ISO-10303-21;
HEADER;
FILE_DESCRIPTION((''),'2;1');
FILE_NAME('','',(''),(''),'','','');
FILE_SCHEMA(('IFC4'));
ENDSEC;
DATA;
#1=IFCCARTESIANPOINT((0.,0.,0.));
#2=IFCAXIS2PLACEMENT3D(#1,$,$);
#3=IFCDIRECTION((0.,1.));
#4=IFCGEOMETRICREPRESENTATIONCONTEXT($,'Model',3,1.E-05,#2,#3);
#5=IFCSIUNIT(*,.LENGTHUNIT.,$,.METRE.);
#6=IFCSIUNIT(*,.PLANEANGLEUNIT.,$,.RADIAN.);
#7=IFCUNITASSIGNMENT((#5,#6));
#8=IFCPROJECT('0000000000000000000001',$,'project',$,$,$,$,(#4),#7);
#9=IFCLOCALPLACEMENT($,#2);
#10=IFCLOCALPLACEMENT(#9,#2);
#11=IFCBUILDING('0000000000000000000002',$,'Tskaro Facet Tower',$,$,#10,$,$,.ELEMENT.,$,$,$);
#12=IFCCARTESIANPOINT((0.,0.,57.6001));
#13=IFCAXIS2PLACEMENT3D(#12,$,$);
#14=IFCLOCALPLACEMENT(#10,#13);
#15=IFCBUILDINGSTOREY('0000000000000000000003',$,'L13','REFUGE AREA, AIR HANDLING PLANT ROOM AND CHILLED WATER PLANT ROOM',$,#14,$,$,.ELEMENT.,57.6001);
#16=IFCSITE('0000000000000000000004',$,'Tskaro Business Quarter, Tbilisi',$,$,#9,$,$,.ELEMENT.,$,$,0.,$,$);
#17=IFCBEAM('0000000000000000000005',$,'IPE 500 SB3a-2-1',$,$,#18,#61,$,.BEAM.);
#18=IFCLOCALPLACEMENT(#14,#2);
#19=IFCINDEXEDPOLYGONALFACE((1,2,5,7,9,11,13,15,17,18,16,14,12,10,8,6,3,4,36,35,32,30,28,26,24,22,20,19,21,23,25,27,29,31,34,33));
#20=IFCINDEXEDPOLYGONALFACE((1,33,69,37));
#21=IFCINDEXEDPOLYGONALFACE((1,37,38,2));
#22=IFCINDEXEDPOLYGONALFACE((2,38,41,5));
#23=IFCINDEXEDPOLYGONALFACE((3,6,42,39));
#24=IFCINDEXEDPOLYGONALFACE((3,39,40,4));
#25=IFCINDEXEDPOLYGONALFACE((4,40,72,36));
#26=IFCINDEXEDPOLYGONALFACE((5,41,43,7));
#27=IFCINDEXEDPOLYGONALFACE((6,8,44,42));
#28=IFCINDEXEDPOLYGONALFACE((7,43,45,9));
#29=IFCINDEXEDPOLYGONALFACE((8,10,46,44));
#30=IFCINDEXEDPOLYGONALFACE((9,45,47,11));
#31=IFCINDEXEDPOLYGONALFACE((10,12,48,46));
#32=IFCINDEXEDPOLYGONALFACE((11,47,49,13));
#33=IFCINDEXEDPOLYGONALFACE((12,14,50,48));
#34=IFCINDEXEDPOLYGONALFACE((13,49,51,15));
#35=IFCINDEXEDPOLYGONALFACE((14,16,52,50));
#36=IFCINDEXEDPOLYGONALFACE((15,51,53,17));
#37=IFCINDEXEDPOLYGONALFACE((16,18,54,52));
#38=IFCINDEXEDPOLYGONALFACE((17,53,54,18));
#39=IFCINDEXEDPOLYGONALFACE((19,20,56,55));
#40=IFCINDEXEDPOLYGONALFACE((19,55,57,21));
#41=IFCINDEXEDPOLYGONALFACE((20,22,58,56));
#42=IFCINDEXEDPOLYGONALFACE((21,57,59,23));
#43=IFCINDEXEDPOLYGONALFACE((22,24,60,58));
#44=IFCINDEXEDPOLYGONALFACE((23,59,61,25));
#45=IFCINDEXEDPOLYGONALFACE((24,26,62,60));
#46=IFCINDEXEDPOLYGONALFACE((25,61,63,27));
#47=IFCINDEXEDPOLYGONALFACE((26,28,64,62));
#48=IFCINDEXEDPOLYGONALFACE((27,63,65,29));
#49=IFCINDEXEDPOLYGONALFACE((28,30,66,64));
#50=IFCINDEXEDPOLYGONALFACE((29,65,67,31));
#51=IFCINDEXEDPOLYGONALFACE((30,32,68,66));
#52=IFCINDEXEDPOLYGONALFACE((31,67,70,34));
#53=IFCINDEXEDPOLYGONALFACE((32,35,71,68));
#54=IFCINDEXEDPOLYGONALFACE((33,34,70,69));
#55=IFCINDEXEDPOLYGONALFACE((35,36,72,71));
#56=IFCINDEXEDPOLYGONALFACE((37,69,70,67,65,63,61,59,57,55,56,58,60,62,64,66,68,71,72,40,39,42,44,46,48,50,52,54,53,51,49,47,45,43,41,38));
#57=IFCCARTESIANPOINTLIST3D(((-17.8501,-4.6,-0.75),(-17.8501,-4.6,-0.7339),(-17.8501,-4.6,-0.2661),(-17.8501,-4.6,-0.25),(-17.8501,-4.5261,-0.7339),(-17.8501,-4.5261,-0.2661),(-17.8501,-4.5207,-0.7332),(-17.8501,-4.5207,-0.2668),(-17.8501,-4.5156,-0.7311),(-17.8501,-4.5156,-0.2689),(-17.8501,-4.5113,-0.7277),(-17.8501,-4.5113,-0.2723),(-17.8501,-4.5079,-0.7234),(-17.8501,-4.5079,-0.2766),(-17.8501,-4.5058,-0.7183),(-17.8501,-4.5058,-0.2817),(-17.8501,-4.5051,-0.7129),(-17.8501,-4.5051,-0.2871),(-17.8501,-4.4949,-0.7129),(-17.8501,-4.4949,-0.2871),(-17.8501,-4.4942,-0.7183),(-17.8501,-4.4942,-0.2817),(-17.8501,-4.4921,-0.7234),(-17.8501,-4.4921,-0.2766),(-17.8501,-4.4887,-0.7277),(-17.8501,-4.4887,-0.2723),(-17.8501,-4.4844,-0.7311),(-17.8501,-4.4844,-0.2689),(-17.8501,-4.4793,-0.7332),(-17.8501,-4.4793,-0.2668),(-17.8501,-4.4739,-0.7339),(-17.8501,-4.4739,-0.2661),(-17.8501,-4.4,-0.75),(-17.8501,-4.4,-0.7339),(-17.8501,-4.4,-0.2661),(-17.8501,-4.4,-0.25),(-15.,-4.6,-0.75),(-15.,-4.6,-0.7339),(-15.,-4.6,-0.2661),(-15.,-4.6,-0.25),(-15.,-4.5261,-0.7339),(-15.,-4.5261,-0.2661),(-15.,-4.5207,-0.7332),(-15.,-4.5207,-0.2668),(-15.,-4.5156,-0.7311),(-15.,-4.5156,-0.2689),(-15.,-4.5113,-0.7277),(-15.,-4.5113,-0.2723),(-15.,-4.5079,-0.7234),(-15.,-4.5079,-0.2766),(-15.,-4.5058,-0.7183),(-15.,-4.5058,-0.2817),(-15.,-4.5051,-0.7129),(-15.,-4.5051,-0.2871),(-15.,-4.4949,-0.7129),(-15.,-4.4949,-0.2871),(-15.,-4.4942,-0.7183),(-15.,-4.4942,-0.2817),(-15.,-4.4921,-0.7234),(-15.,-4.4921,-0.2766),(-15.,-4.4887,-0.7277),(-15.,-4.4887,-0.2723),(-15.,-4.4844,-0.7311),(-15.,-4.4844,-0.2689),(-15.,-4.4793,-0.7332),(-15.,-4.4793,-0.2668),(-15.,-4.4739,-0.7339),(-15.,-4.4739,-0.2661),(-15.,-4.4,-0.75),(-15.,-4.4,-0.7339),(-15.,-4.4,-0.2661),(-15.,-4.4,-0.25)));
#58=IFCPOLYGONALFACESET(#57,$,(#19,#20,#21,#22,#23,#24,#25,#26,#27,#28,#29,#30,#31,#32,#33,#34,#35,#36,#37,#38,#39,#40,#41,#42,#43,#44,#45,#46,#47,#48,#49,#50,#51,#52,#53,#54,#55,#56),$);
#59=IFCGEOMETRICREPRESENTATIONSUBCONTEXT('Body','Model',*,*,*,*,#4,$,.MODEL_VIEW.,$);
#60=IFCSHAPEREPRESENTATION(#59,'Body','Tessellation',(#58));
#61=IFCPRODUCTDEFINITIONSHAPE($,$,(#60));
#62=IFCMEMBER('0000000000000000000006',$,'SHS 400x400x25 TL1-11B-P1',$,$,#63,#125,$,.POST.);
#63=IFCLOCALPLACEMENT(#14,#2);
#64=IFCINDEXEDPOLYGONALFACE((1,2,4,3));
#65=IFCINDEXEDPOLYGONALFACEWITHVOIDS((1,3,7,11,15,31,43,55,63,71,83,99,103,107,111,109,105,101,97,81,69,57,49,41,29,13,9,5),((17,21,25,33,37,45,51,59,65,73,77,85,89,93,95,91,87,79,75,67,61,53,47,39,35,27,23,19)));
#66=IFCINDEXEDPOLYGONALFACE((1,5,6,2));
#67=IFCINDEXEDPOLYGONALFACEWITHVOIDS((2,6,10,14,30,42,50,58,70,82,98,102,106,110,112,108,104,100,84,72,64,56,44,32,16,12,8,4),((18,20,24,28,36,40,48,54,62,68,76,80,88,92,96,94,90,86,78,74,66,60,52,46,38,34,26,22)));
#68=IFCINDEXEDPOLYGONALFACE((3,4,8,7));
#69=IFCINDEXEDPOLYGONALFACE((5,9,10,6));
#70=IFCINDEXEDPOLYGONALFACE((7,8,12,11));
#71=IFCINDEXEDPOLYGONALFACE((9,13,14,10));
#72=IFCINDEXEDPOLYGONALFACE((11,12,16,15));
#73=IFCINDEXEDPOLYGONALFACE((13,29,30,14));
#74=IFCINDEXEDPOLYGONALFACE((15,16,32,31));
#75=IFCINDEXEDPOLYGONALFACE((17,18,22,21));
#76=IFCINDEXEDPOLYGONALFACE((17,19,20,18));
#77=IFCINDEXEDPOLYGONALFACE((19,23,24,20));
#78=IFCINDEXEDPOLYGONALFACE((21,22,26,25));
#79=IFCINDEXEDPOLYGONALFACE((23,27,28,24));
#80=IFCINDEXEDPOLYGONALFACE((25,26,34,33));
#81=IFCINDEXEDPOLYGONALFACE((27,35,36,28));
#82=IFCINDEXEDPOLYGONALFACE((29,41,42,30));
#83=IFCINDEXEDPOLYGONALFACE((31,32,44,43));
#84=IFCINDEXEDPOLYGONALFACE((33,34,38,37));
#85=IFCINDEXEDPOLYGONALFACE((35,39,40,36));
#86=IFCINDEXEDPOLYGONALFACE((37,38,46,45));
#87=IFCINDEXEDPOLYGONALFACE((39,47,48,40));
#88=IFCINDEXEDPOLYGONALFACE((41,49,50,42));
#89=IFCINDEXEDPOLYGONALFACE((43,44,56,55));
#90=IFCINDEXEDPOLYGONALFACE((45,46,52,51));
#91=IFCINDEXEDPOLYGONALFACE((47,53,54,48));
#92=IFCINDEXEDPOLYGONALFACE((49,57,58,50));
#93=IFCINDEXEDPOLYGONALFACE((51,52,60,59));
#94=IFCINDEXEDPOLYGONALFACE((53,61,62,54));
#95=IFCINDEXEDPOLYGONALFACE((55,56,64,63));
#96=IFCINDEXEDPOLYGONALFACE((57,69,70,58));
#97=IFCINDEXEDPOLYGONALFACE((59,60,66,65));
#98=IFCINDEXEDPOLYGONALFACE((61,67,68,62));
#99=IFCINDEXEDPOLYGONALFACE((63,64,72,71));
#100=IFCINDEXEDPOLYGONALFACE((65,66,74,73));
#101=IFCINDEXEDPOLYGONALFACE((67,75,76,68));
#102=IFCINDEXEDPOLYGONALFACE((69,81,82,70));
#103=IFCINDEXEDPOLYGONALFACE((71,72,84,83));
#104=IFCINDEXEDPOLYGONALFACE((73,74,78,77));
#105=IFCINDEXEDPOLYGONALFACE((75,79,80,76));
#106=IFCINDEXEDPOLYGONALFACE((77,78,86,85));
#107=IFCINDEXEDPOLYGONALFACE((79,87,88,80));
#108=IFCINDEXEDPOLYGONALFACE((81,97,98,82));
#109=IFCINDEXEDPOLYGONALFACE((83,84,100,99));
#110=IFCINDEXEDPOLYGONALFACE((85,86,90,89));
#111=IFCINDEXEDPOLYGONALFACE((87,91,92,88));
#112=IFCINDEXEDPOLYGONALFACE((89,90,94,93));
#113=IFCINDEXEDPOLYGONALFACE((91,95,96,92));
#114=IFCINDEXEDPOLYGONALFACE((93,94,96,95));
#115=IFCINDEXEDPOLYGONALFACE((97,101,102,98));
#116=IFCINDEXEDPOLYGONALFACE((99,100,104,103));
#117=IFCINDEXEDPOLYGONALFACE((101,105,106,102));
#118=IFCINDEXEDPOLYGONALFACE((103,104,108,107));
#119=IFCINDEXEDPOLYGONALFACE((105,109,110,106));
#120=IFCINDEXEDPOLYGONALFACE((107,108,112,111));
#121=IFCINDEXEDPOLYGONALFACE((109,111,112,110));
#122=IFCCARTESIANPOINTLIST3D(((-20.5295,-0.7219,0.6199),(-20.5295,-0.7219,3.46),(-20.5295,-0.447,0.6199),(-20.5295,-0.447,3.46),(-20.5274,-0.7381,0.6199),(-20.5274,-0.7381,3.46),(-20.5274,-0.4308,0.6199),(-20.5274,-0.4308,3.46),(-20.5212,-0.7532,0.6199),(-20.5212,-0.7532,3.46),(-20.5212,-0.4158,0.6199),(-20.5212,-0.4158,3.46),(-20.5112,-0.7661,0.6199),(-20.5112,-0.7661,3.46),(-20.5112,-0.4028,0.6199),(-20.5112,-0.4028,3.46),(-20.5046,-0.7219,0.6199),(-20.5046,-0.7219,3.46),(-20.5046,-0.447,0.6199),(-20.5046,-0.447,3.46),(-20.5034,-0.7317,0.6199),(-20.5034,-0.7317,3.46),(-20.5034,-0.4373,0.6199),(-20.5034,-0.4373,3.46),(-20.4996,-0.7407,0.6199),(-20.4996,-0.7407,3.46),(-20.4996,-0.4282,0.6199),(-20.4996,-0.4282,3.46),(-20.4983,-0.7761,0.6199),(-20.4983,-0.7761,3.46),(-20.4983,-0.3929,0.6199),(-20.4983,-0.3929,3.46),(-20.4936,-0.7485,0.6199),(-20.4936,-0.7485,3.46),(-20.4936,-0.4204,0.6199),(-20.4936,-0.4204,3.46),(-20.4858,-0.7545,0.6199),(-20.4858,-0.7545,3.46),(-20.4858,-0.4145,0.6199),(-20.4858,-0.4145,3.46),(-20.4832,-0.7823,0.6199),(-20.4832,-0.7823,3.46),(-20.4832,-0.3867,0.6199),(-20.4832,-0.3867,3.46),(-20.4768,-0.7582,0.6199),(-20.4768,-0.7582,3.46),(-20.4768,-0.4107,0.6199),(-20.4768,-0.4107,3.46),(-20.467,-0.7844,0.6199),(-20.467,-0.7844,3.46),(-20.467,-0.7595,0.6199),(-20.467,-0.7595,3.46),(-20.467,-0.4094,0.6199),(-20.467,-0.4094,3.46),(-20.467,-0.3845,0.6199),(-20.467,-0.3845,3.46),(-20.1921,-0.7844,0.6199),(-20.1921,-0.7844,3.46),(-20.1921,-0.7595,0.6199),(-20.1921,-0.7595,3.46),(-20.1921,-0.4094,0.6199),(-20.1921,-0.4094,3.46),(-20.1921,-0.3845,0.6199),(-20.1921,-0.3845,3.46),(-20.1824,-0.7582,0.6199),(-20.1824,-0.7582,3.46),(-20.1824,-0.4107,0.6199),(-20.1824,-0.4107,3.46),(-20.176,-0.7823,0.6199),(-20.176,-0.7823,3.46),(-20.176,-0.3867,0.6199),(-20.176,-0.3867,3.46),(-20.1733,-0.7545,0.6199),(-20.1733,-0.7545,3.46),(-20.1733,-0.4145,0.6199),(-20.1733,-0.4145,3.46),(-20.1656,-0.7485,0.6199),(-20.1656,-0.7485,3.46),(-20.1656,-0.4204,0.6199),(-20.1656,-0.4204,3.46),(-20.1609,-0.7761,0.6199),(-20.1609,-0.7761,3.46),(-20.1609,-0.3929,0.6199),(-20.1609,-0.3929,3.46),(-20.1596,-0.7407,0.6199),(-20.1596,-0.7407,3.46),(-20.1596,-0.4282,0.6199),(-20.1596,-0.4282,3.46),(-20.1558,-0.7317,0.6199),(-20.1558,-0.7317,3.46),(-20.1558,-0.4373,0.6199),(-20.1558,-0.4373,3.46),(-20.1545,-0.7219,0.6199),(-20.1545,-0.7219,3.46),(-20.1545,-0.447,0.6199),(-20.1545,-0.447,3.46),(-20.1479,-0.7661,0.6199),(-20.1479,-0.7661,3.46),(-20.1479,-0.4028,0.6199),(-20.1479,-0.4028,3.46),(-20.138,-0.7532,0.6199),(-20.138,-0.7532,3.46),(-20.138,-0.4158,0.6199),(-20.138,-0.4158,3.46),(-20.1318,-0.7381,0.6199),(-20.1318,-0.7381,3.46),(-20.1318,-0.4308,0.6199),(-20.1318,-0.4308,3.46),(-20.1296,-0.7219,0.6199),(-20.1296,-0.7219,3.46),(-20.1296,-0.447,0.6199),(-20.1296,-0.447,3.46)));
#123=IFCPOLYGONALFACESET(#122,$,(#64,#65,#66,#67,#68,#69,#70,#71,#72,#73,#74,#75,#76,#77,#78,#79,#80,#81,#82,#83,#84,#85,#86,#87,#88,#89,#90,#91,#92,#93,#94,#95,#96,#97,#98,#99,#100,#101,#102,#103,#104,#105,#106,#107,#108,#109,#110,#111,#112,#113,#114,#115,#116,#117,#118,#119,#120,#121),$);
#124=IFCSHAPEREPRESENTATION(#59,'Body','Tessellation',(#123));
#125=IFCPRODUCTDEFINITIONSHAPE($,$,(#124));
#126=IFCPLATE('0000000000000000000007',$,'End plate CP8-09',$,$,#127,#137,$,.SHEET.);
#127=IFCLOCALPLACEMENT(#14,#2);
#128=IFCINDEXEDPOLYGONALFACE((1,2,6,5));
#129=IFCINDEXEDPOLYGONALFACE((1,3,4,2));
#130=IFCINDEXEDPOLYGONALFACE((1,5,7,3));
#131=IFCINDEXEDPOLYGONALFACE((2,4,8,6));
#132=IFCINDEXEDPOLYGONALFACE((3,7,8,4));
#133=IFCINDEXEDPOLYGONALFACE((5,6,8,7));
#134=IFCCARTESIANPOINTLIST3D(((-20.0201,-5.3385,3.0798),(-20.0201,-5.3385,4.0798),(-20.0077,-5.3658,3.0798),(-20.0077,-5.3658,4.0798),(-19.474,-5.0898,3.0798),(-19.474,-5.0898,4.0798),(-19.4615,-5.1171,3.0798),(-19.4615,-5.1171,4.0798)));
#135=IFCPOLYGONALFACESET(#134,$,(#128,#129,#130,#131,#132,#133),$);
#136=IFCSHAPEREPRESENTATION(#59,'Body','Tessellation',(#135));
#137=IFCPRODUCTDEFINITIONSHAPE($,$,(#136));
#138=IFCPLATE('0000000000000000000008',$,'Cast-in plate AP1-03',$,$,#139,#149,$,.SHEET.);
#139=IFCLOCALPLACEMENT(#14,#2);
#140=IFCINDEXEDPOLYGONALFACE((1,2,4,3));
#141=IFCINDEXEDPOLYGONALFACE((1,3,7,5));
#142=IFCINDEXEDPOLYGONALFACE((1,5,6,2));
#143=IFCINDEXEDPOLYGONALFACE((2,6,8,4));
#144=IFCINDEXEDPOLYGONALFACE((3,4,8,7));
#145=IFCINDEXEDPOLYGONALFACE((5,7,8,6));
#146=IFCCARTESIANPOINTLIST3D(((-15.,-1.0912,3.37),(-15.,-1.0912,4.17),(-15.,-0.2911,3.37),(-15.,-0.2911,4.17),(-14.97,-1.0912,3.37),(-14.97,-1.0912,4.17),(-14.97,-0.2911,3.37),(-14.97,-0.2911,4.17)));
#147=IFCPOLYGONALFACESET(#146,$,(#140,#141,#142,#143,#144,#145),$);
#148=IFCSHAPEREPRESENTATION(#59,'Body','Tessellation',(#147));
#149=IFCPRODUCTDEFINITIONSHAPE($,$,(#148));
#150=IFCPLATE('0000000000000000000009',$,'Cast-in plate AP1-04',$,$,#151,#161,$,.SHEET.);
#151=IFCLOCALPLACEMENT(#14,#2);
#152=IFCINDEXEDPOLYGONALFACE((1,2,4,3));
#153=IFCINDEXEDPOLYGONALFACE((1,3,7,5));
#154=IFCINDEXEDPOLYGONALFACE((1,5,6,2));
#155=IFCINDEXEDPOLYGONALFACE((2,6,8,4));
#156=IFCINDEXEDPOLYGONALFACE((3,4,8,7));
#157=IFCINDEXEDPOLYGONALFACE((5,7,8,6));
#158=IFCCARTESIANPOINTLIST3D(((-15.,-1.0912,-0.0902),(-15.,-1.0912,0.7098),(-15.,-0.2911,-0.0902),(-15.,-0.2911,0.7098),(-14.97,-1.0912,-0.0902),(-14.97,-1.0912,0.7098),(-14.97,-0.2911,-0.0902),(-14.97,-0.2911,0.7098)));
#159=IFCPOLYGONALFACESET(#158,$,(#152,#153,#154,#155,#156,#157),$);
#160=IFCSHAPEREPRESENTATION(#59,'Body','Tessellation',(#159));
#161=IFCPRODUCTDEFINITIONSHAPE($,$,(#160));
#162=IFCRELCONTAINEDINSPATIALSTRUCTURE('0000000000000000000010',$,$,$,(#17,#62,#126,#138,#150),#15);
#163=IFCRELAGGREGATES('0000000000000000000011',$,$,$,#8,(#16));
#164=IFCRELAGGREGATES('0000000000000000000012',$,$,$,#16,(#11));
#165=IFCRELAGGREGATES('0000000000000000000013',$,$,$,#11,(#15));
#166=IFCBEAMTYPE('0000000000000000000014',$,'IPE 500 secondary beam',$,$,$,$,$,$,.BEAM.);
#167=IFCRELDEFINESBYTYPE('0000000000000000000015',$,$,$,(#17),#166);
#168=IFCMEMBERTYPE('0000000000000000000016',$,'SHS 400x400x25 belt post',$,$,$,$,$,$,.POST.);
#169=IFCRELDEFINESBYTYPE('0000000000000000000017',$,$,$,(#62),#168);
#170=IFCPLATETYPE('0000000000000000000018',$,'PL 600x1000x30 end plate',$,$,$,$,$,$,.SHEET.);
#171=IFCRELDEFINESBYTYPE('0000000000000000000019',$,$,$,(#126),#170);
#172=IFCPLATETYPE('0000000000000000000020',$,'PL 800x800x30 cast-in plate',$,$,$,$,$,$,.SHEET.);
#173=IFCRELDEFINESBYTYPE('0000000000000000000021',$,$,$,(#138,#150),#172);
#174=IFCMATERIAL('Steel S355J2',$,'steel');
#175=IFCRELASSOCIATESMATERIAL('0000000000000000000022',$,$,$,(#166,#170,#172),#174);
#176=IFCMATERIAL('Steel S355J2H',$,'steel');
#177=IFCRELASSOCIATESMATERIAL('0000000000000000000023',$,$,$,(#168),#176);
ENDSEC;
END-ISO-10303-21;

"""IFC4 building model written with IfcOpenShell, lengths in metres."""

from ifc_helpers import new_model, si_unit, direction, frame, origin, origin_2d, place, context, subcontext, project, spatial, rectangle, hollow_rectangle, i_section, extrude, material, material_profile, profile_set, type_object, element, save


model = new_model("IFC4")

# Units and contexts
model_context = context("Model", 3, precision=1e-05, world=origin(), true_north=direction((0.0, 1.0)))
body_context = subcontext(model_context, "Body", "Model", "MODEL_VIEW")
ifc_project = project(units=[si_unit("LENGTHUNIT", "METRE"), si_unit("PLANEANGLEUNIT", "RADIAN")], contexts=[model_context])

# Site, building, storey
site_placement = place(None, origin())
site = spatial("IfcSite", under=ifc_project, at=site_placement, Name="Tskaro Business Quarter, Tbilisi", CompositionType="ELEMENT", RefElevation=0.0)
building_placement = place(site_placement, origin())
building = spatial("IfcBuilding", under=site, at=building_placement, Name="Tskaro Facet Tower", CompositionType="ELEMENT")
storey_placement = place(building_placement, frame((0.0, 0.0, 57.6001)))
storey = spatial("IfcBuildingStorey", under=building, at=storey_placement, Name="L13", Description="REFUGE AREA, AIR HANDLING PLANT ROOM AND CHILLED WATER PLANT ROOM", CompositionType="ELEMENT", Elevation=57.6001)

# Shared definitions
ifc_material_1 = material(Name="Steel S355J2H", Category="steel")

# Shared definitions
ifc_material_2 = material(Name="Steel S355J2", Category="steel")

# Beam
ifc_material_profile_1 = material_profile(ifc_material_2, i_section(OverallWidth=0.2, OverallDepth=0.5, WebThickness=0.0103, FlangeThickness=0.0161, FilletRadius=0.021, at=origin_2d()), Name="IPE 500")
ifc_profile_set_1 = profile_set([ifc_material_profile_1], Name="Steel S355J2")
beam_type_1 = type_object("IfcBeamType", Name="IPE 500 secondary beam", PredefinedType="BEAM", material=ifc_profile_set_1)
beam_1_placement = place(storey_placement, frame((-17.8501, -4.5, -0.5), z_axis=(1.0, 0.0, 0.0), x_axis=(0.0, 1.0, 0.0)))
element("IfcBeam", 1, at=beam_1_placement, inside=storey, type_object=beam_type_1, Name="IPE 500 SB3a-2-1", PredefinedType="BEAM", context=body_context, shape_type="SweptSolid", body=[
    extrude(i_section(OverallWidth=0.2, OverallDepth=0.5, WebThickness=0.0103, FlangeThickness=0.0161, FilletRadius=0.021, at=origin_2d()), origin(), (0.0, 0.0, 1.0), 2.8501),
])

# Member
ifc_material_profile_2 = material_profile(ifc_material_1, hollow_rectangle(XDim=0.3999, YDim=0.3999, WallThickness=0.0249, InnerFilletRadius=0.0376, OuterFilletRadius=0.0625, at=origin_2d()), Name="SHS 400x400x25")
ifc_profile_set_2 = profile_set([ifc_material_profile_2], Name="Steel S355J2H")
member_type_1 = type_object("IfcMemberType", Name="SHS 400x400x25 belt post", PredefinedType="POST", material=ifc_profile_set_2)
member_1_placement = place(storey_placement, frame((-20.3296, -0.5845, 0.6199), z_axis=(0.0, 0.0, 1.0), x_axis=(1.0, 0.0, 0.0)))
element("IfcMember", 2, at=member_1_placement, inside=storey, type_object=member_type_1, Name="SHS 400x400x25 TL1-11B-P1", PredefinedType="POST", context=body_context, shape_type="SweptSolid", body=[
    extrude(hollow_rectangle(XDim=0.3999, YDim=0.3999, WallThickness=0.0249, InnerFilletRadius=0.0376, OuterFilletRadius=0.0625, at=origin_2d()), origin(), (0.0, 0.0, 1.0), 2.8401),
])

# Plates
ifc_material_profile_3 = material_profile(ifc_material_2, rectangle(XDim=0.6001, YDim=1.0, at=origin_2d()), Name="PL 600x1000x30 end plate")
ifc_profile_set_3 = profile_set([ifc_material_profile_3], Name="Steel S355J2")
plate_type_1 = type_object("IfcPlateType", Name="PL 600x1000x30 end plate", PredefinedType="SHEET", material=ifc_profile_set_3)
plate_1_placement = place(storey_placement, frame((-19.7346, -5.2415, 3.5798), z_axis=(-0.414415, 0.910088, 0.0), x_axis=(-0.910088, -0.414415, 0.0)))
element("IfcPlate", 3, at=plate_1_placement, inside=storey, type_object=plate_type_1, Name="End plate CP8-09", PredefinedType="SHEET", context=body_context, shape_type="SweptSolid", body=[
    extrude(rectangle(XDim=0.6001, YDim=1.0, at=origin_2d()), origin(), (0.0, 0.0, 1.0), 0.03),
])
ifc_material_profile_4 = material_profile(ifc_material_2, rectangle(XDim=0.8, YDim=0.8, at=origin_2d()), Name="PL 800x800x30 cast-in plate")
ifc_profile_set_4 = profile_set([ifc_material_profile_4], Name="Steel S355J2")
plate_type_2 = type_object("IfcPlateType", Name="PL 800x800x30 cast-in plate", PredefinedType="SHEET", material=ifc_profile_set_4)
for number, where, z_axis, x_axis, name in (
    (4, (-14.97, -0.6912, 3.77), (-1.0, 0.0, 0.0), (0.0, -1.0, 0.0), "Cast-in plate AP1-03"),
    (5, (-14.97, -0.6912, 0.3098), (-1.0, 0.0, 0.0), (0.0, -1.0, 0.0), "Cast-in plate AP1-04"),
):
    element("IfcPlate", number, at=place(storey_placement, frame(where, z_axis=z_axis, x_axis=x_axis)), inside=storey, type_object=plate_type_2, Name=name, PredefinedType="SHEET", context=body_context, shape_type="SweptSolid", body=[
        extrude(rectangle(XDim=0.8, YDim=0.8, at=origin_2d()), origin(), (0.0, 0.0, 1.0), 0.03),
    ])

save(model, "model.ifc")
